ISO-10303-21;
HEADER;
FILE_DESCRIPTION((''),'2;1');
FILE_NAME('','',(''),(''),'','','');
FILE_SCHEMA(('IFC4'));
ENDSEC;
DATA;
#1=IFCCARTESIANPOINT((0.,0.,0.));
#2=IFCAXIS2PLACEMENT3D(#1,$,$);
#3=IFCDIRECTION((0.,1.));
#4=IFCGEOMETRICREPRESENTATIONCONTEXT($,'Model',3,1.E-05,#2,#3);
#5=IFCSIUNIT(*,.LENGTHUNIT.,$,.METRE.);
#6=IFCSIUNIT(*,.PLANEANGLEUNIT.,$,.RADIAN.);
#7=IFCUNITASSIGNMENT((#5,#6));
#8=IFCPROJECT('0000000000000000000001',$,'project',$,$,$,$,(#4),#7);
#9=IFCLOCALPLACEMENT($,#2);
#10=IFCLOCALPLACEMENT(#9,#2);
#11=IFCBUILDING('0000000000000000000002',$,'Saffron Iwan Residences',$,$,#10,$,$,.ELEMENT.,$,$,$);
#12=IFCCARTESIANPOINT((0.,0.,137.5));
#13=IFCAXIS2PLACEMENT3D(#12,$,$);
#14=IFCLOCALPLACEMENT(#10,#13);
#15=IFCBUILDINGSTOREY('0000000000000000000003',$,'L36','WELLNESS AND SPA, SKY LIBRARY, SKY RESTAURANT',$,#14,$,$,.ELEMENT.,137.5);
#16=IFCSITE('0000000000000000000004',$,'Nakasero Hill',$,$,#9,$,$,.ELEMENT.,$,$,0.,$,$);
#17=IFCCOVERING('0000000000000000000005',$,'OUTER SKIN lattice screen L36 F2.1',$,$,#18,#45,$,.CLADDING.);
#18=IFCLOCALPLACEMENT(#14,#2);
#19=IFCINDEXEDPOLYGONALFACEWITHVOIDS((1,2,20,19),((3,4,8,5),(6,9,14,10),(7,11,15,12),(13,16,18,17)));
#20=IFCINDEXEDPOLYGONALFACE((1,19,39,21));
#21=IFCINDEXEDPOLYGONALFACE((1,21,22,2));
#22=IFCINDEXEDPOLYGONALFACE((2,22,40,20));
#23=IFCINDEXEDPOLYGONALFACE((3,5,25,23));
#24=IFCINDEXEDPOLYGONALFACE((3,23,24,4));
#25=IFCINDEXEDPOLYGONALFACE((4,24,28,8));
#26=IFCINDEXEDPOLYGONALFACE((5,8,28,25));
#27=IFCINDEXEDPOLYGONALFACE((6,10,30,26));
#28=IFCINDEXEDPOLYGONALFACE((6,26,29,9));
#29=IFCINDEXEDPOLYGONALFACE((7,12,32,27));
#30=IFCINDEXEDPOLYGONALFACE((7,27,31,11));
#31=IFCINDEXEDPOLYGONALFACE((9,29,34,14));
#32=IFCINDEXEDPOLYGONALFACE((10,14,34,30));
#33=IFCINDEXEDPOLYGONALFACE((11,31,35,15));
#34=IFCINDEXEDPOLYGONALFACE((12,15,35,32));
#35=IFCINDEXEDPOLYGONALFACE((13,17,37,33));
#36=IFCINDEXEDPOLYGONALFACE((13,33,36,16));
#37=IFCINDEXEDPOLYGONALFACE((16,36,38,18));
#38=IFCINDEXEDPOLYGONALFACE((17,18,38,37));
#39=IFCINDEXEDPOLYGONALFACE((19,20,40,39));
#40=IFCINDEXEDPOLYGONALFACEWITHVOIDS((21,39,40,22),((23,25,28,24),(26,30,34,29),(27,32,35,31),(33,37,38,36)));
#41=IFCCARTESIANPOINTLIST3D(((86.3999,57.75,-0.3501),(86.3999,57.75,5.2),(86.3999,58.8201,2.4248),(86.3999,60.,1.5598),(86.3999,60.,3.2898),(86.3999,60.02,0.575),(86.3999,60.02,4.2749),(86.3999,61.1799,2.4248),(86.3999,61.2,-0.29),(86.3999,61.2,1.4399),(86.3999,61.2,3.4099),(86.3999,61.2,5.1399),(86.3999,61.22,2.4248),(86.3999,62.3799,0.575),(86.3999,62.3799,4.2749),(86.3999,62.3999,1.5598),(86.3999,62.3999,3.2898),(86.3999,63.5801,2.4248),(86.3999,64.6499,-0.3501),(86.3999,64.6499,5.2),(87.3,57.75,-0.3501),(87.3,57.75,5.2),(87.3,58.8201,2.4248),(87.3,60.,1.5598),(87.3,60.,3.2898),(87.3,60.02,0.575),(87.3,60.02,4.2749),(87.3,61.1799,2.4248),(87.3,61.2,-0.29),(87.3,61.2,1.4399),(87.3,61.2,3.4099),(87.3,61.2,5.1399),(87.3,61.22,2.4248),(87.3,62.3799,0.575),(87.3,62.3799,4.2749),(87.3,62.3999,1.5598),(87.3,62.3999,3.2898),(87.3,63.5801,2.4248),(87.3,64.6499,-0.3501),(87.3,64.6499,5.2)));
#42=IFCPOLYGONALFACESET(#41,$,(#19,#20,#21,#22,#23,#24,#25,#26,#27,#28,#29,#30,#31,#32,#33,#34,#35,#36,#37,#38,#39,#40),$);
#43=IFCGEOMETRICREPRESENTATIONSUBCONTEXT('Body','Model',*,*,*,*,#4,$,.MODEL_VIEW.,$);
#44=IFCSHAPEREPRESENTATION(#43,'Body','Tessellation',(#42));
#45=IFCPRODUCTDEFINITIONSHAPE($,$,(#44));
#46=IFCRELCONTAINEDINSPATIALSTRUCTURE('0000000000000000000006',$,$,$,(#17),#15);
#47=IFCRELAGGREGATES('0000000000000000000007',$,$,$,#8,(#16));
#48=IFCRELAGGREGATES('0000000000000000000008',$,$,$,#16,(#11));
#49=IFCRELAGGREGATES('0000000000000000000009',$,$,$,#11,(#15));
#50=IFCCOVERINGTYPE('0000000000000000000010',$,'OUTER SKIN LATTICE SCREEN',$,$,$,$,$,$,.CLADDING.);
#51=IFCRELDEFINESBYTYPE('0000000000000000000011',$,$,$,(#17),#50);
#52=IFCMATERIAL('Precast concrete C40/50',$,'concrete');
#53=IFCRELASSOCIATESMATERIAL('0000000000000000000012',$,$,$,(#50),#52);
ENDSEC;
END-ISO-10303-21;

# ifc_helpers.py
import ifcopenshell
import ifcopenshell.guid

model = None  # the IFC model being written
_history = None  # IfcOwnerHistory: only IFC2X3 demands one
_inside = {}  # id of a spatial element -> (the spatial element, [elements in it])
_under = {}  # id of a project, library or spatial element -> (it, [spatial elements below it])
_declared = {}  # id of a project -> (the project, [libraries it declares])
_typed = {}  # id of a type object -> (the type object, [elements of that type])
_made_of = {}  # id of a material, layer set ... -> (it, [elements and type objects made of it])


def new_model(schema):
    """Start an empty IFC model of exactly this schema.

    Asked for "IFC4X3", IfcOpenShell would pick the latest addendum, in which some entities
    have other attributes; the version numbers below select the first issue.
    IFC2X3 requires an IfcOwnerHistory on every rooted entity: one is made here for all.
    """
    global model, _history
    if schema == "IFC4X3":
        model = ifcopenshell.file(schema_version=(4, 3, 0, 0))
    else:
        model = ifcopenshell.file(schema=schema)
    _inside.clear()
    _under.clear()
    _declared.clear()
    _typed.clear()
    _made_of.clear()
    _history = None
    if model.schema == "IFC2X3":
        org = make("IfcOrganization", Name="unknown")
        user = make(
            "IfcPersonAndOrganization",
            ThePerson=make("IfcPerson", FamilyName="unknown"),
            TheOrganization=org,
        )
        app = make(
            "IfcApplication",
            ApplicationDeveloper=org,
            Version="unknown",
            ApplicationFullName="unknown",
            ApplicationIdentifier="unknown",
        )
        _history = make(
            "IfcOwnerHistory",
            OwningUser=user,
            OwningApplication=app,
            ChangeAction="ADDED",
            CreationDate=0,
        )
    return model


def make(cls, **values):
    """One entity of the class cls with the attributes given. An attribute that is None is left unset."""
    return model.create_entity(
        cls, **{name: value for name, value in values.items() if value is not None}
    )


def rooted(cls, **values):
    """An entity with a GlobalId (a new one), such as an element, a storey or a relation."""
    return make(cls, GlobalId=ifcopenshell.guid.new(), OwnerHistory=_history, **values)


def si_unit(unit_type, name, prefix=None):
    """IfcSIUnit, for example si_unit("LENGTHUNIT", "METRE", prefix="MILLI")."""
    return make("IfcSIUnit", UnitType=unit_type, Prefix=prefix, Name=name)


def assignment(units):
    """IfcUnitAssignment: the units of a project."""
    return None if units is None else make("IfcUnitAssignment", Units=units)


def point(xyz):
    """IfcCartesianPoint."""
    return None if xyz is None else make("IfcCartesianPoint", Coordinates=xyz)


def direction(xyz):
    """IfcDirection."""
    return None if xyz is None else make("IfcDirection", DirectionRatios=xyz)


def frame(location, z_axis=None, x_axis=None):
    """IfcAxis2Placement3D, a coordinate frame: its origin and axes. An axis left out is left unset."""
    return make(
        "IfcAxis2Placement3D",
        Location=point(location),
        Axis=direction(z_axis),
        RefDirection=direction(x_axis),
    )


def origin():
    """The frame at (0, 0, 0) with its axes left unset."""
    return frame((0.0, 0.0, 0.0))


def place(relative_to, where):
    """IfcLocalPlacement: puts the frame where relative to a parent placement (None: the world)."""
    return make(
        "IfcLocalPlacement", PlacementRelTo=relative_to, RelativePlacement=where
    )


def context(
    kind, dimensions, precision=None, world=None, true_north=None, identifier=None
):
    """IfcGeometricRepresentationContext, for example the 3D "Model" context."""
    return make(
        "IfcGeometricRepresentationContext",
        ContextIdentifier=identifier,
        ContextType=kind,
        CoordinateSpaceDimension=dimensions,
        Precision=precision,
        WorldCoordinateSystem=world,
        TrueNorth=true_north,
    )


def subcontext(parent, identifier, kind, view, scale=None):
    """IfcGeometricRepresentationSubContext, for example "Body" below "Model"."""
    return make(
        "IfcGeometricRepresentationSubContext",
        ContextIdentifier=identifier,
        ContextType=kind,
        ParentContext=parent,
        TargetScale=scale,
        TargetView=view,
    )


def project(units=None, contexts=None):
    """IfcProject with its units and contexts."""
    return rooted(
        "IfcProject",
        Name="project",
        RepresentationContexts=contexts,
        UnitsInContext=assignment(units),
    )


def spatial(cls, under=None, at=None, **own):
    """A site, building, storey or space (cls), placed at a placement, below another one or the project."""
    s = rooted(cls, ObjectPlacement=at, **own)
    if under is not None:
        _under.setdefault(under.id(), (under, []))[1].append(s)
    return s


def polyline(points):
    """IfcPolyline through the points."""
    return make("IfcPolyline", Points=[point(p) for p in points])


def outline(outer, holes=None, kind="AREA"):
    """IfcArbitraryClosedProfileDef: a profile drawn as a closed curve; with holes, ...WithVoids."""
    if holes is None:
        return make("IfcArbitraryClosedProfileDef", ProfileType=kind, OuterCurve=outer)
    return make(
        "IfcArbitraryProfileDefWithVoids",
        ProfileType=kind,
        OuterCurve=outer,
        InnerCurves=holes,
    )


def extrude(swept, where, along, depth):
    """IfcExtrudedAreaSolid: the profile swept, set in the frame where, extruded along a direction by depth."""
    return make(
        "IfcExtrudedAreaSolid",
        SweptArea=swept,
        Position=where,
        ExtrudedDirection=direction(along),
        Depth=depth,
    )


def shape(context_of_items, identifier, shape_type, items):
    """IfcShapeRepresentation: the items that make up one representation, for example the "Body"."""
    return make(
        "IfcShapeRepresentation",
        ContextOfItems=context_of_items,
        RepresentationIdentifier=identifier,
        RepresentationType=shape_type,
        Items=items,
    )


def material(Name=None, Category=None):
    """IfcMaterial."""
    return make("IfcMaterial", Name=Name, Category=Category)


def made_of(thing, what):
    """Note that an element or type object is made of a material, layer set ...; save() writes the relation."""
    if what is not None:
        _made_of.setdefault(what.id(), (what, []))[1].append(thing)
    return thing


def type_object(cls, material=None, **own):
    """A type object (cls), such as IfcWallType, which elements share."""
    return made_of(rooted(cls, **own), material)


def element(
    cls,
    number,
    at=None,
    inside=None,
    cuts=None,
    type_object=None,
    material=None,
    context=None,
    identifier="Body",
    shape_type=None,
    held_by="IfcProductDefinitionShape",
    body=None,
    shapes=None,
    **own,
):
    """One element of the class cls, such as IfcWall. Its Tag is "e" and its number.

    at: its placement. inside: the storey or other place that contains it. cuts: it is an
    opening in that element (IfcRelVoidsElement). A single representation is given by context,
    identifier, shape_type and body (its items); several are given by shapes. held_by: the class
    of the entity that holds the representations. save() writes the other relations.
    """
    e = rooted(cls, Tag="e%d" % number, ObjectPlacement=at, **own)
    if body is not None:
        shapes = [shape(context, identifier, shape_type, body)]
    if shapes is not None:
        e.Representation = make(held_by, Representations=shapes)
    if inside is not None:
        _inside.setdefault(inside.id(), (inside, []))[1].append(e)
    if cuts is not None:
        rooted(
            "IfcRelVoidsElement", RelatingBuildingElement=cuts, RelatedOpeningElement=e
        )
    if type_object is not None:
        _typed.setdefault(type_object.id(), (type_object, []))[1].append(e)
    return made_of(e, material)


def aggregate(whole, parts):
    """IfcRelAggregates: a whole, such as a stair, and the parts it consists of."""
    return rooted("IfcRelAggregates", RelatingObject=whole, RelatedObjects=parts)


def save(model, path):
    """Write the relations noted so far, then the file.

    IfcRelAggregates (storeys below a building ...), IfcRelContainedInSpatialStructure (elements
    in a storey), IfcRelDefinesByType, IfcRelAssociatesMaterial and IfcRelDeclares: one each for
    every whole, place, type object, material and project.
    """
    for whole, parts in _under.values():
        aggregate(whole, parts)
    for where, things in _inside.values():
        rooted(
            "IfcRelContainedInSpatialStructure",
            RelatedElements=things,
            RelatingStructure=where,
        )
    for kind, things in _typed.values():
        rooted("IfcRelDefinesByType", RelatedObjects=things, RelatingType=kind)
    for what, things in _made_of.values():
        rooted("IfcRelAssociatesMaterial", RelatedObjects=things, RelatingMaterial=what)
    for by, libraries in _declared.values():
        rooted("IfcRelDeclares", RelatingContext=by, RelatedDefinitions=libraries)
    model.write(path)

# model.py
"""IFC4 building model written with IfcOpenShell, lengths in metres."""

from ifc_helpers import new_model, si_unit, direction, frame, origin, place, context, subcontext, project, spatial, polyline, outline, extrude, material, type_object, element, save


model = new_model("IFC4")

# Units and contexts
model_context = context("Model", 3, precision=1e-05, world=origin(), true_north=direction((0.0, 1.0)))
body_context = subcontext(model_context, "Body", "Model", "MODEL_VIEW")
ifc_project = project(units=[si_unit("LENGTHUNIT", "METRE"), si_unit("PLANEANGLEUNIT", "RADIAN")], contexts=[model_context])

# Site, building, storey
site_placement = place(None, origin())
site = spatial("IfcSite", under=ifc_project, at=site_placement, Name="Nakasero Hill", CompositionType="ELEMENT", RefElevation=0.0)
building_placement = place(site_placement, origin())
building = spatial("IfcBuilding", under=site, at=building_placement, Name="Saffron Iwan Residences", CompositionType="ELEMENT")
storey_placement = place(building_placement, frame((0.0, 0.0, 137.5)))
storey = spatial("IfcBuildingStorey", under=building, at=storey_placement, Name="L36", Description="WELLNESS AND SPA, SKY LIBRARY, SKY RESTAURANT", CompositionType="ELEMENT", Elevation=137.5)

# Covering
ifc_material_1 = material(Name="Precast concrete C40/50", Category="concrete")
covering_type = type_object("IfcCoveringType", Name="OUTER SKIN LATTICE SCREEN", PredefinedType="CLADDING", material=ifc_material_1)
covering_1_placement = place(storey_placement, frame((86.3999, 57.75, -0.3501), z_axis=(1.0, 0.0, 0.0), x_axis=(0.0, 1.0, 0.0)))
element("IfcCovering", 1, at=covering_1_placement, inside=storey, type_object=covering_type, Name="OUTER SKIN lattice screen L36 F2.1", PredefinedType="CLADDING", context=body_context, shape_type="SweptSolid", body=[
    extrude(outline(polyline([(0.0, 0.0), (6.8999, 0.0), (6.8999, 5.55), (0.0, 5.55), (0.0, 0.0)]), holes=[polyline([(2.27, 0.925), (3.45, 0.0601), (4.6299, 0.925), (3.45, 1.79), (2.27, 0.925)]), polyline([(1.0701, 2.7749), (2.25, 1.9099), (3.4299, 2.7749), (2.25, 3.6399), (1.0701, 2.7749)]), polyline([(3.47, 2.7749), (4.6499, 1.9099), (5.8301, 2.7749), (4.6499, 3.6399), (3.47, 2.7749)]), polyline([(2.27, 4.625), (3.45, 3.76), (4.6299, 4.625), (3.45, 5.49), (2.27, 4.625)])]), origin(), (0.0, 0.0, 1.0), 0.9001),
])

save(model, "model.ifc")
